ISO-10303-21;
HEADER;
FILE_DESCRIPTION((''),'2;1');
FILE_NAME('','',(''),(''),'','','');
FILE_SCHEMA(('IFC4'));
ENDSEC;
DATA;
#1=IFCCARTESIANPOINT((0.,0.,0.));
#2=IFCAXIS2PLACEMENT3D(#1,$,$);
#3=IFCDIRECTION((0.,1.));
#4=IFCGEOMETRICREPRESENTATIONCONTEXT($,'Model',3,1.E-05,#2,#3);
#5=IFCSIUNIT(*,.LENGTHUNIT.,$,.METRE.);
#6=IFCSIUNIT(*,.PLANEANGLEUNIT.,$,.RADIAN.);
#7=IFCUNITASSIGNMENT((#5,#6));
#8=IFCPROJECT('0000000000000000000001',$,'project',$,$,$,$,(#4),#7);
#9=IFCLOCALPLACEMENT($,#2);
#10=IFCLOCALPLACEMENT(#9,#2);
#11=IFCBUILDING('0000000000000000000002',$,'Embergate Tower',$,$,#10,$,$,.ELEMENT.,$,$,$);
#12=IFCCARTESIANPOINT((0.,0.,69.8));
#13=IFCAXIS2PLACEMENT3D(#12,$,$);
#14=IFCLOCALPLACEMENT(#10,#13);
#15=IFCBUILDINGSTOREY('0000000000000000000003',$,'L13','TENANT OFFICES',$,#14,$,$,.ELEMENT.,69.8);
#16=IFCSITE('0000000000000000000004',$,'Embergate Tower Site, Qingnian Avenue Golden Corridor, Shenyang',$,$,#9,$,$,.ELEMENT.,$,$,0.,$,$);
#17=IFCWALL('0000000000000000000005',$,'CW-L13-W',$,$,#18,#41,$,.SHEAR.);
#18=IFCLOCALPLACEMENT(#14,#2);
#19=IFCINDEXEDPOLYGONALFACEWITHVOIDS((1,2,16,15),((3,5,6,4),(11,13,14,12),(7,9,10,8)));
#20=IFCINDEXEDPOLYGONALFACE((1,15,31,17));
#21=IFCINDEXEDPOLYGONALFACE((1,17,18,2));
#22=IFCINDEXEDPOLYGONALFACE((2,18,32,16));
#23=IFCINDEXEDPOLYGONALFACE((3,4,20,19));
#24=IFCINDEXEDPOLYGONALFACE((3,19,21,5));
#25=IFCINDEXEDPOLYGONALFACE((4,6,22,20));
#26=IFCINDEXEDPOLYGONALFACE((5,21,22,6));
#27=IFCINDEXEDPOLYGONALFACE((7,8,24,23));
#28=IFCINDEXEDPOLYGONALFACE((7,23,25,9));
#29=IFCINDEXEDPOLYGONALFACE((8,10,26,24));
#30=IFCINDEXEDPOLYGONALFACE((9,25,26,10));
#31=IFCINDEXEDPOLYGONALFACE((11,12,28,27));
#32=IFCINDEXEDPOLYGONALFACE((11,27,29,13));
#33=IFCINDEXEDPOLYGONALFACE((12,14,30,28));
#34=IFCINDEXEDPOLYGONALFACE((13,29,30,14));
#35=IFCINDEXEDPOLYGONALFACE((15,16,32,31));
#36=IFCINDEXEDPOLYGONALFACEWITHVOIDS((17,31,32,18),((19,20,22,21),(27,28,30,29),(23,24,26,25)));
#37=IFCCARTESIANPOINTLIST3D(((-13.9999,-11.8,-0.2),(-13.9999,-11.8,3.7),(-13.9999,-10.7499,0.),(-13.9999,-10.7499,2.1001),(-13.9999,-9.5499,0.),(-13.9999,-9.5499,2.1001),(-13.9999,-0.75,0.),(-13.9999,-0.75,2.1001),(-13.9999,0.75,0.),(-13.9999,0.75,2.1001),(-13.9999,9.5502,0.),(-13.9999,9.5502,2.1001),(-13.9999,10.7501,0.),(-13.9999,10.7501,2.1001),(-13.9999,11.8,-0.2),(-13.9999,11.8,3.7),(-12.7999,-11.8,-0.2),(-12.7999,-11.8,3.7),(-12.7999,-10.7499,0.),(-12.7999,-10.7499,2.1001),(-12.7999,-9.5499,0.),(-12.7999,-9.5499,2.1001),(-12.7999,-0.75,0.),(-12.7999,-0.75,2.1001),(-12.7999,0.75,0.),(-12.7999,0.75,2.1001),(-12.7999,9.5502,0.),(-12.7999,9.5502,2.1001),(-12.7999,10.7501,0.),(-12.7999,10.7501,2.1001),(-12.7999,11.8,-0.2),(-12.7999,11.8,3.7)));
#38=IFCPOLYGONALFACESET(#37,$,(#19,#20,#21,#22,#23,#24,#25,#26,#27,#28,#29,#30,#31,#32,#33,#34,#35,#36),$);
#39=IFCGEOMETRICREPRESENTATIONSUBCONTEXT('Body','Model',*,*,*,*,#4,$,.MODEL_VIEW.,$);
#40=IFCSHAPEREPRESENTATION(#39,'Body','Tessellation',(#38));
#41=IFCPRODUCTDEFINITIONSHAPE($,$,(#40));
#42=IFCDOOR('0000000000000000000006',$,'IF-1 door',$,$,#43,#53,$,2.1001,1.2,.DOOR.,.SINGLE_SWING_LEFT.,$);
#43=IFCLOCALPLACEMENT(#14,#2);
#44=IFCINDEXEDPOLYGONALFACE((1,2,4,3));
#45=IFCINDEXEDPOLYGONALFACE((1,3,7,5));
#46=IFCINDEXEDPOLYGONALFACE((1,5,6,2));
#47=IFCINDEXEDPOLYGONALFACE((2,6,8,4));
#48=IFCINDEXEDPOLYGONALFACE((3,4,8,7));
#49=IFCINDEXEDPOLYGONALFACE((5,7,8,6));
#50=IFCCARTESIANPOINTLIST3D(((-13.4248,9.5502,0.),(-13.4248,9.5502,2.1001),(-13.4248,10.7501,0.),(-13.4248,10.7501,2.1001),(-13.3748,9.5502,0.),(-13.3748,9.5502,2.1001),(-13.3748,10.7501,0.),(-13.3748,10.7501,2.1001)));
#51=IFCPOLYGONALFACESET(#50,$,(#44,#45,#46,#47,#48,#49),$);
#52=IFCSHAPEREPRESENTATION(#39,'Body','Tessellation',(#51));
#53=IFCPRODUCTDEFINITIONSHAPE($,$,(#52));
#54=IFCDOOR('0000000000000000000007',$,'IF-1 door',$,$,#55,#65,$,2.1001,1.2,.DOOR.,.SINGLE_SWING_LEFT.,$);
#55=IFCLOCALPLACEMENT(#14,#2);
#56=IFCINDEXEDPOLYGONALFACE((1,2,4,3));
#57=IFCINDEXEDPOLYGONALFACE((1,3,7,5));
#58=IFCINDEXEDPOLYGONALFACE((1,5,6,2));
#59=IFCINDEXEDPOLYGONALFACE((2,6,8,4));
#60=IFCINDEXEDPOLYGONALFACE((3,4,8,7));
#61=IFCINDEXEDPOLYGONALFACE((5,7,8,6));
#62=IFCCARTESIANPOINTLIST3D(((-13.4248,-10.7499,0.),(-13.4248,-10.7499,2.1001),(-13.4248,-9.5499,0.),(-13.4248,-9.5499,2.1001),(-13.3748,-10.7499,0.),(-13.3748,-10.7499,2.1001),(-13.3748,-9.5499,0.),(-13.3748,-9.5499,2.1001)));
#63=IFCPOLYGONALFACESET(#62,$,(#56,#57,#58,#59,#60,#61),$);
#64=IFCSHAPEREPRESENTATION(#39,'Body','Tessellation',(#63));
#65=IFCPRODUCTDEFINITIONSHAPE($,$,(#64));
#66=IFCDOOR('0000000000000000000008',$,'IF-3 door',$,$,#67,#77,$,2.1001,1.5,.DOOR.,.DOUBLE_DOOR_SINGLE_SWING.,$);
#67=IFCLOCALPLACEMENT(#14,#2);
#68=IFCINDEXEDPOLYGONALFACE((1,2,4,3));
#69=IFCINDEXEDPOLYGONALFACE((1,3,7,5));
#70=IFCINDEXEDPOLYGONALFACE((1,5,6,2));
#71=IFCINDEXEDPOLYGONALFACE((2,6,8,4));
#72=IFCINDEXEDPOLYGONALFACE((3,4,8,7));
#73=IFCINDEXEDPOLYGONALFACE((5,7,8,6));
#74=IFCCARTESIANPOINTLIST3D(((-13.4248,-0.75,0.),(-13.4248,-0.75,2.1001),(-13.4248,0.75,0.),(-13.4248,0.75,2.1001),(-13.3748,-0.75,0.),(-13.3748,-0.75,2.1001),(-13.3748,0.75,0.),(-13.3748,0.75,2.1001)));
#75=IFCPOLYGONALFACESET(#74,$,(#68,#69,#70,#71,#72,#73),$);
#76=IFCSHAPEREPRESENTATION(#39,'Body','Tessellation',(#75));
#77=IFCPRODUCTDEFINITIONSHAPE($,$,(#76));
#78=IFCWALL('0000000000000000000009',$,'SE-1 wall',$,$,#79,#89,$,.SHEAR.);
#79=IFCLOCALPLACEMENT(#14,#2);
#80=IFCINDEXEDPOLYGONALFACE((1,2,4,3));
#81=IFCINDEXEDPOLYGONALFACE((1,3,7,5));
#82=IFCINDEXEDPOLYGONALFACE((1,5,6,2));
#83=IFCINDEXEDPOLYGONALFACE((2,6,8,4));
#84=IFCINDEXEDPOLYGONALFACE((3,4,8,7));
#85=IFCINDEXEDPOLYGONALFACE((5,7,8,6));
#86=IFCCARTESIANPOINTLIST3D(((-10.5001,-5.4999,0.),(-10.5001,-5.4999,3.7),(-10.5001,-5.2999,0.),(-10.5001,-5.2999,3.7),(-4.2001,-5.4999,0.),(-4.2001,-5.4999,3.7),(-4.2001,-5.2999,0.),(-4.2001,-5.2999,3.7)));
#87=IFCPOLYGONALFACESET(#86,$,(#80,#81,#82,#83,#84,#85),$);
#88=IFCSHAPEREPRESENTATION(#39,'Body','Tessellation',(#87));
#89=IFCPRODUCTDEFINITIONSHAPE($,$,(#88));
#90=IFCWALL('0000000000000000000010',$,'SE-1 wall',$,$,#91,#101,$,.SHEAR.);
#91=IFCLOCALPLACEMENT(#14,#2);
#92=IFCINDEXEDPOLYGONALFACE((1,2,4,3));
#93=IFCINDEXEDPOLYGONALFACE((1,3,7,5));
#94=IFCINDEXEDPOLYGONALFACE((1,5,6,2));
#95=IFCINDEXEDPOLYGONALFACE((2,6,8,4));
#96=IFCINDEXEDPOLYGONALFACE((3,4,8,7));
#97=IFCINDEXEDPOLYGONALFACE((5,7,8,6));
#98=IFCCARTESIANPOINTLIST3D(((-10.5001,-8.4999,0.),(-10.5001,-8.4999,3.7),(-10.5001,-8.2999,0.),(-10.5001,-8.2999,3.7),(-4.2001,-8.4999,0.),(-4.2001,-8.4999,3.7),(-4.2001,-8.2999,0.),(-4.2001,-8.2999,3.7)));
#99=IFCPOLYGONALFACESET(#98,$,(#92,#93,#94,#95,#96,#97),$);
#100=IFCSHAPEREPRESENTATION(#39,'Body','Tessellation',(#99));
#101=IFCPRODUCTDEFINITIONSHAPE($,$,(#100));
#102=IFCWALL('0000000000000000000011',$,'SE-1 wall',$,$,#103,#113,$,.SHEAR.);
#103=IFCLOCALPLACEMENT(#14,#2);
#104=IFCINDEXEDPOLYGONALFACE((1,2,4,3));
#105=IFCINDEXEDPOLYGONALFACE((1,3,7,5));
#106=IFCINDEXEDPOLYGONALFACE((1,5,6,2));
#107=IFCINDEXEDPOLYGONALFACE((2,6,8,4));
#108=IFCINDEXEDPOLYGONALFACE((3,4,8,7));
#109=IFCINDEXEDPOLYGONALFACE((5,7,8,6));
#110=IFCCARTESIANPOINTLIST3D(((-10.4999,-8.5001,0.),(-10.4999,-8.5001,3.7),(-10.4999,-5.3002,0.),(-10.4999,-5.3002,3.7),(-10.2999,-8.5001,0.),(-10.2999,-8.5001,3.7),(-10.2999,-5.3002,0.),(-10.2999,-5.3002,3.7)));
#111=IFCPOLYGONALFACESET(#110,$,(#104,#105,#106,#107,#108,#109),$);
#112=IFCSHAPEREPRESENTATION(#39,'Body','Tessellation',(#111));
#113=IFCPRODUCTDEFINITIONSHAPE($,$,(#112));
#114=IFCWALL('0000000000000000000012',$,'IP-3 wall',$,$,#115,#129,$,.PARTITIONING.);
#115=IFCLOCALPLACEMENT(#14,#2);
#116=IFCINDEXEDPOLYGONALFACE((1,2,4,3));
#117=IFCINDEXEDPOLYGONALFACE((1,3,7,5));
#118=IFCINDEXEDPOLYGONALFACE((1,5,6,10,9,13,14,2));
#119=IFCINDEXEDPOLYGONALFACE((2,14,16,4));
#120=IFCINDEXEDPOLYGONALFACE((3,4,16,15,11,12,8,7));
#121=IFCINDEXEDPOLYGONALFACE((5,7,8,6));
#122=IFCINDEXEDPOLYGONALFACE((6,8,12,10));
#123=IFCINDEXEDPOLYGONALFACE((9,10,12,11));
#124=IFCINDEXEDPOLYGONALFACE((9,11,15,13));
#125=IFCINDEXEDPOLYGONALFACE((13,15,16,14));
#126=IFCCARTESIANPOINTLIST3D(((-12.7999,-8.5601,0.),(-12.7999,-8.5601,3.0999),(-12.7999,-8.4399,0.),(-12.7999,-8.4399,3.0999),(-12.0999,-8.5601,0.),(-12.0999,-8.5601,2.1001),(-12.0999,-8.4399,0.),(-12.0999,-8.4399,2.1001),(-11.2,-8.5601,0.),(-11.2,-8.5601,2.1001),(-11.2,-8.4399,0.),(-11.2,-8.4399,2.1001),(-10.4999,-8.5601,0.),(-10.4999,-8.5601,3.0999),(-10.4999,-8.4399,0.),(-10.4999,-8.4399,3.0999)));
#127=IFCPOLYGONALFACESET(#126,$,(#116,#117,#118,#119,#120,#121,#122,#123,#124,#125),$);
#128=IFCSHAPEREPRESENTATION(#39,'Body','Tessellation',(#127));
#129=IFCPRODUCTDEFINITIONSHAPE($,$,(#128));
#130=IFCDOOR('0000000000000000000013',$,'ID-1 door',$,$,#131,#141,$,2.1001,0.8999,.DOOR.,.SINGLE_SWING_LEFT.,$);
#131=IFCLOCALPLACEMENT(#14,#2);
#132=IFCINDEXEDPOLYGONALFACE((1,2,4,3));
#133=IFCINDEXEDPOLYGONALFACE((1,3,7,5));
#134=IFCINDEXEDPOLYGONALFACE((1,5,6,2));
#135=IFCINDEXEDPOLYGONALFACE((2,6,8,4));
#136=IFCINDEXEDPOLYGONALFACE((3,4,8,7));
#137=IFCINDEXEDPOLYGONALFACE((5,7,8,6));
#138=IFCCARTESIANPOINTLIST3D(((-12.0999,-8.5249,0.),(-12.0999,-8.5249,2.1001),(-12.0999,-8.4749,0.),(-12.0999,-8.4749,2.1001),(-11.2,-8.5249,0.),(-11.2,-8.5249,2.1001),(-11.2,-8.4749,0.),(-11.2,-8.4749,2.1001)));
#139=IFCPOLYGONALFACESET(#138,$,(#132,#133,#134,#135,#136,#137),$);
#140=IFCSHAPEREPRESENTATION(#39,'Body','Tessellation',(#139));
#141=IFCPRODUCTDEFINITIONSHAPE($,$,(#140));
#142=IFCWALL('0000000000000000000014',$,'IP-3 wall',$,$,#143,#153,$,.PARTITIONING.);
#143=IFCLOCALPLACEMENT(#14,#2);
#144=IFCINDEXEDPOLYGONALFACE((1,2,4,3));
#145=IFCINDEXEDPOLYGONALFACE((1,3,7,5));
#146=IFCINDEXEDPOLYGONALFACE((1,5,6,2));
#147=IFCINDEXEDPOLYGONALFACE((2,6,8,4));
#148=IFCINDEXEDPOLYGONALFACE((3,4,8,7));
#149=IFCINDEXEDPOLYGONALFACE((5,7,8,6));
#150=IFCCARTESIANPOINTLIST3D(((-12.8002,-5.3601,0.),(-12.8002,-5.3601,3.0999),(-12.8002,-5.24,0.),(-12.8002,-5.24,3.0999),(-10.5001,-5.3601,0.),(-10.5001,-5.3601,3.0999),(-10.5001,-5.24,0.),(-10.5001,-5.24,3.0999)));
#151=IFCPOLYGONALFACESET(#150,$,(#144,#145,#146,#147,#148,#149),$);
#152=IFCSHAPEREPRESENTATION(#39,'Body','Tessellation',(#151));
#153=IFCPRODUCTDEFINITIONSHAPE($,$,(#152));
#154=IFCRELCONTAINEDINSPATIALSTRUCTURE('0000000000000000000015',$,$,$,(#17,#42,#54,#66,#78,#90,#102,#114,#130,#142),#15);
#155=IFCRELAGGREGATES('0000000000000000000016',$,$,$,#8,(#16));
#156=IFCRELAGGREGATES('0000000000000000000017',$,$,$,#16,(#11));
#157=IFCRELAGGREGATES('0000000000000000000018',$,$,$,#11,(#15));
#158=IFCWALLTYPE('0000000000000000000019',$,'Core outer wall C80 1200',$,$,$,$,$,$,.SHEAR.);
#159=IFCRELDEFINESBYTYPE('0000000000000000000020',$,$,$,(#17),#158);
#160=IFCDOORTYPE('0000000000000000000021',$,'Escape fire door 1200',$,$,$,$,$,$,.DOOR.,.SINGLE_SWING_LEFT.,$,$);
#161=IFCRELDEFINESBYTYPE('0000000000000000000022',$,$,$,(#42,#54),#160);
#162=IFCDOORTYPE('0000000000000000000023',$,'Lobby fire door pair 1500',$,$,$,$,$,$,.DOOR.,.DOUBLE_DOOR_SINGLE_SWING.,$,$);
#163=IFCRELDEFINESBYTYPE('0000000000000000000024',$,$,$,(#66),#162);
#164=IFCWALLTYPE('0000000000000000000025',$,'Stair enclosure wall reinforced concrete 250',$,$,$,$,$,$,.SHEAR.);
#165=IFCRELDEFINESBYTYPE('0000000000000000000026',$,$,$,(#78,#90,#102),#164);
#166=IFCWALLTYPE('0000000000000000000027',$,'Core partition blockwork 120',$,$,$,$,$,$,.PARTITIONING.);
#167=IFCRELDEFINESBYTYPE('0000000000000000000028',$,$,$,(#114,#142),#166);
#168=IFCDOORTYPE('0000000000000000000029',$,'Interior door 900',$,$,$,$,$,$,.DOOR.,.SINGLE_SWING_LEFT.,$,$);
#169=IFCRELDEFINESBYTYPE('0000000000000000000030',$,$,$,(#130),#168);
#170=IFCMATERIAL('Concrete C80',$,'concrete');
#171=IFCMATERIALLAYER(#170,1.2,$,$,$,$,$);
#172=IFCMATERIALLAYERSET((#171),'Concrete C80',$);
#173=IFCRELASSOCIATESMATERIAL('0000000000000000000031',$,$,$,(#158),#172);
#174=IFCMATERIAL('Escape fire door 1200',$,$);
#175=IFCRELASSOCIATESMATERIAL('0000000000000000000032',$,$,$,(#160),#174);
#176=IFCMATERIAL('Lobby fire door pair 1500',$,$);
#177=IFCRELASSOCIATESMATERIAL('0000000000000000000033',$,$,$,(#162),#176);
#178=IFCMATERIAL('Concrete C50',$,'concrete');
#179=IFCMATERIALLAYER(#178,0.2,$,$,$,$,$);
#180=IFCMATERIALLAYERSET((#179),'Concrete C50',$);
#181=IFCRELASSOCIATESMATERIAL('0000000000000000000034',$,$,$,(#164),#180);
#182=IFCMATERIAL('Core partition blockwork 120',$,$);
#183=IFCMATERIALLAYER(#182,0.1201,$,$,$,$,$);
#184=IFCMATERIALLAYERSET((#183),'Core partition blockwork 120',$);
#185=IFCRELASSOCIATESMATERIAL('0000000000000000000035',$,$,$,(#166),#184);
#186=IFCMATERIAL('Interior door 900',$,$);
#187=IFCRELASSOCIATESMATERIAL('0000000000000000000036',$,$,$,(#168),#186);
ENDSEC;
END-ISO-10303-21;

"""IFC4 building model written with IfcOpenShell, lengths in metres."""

from ifc_helpers import new_model, si_unit, direction, frame, frame_2d, origin, place, context, subcontext, project, spatial, rectangle, extrude, source, transform, mapped, material, layer, layer_set, type_object, element, fill, save


model = new_model("IFC4")

# Units and contexts
model_context = context("Model", 3, precision=1e-05, world=origin(), true_north=direction((0.0, 1.0)))
body_context = subcontext(model_context, "Body", "Model", "MODEL_VIEW")
ifc_project = project(units=[si_unit("LENGTHUNIT", "METRE"), si_unit("PLANEANGLEUNIT", "RADIAN")], contexts=[model_context])

# Site, building, storey
site_placement = place(None, origin())
site = spatial("IfcSite", under=ifc_project, at=site_placement, Name="Embergate Tower Site, Qingnian Avenue Golden Corridor, Shenyang", CompositionType="ELEMENT", RefElevation=0.0)
building_placement = place(site_placement, origin())
building = spatial("IfcBuilding", under=site, at=building_placement, Name="Embergate Tower", CompositionType="ELEMENT")
storey_placement = place(building_placement, frame((0.0, 0.0, 69.8)))
storey = spatial("IfcBuildingStorey", under=building, at=storey_placement, Name="L13", Description="TENANT OFFICES", CompositionType="ELEMENT", Elevation=69.8)

# Wall, openings, doors
ifc_material_1 = material(Name="Concrete C80", Category="concrete")
ifc_layer_1 = layer(ifc_material_1, 1.2)
ifc_layer_set_1 = layer_set([ifc_layer_1], Name="Concrete C80")
wall_type_1 = type_object("IfcWallType", Name="Core outer wall C80 1200", PredefinedType="SHEAR", material=ifc_layer_set_1)
shared_shape_1 = source(origin(), body_context, "Body", "SweptSolid", [
    extrude(rectangle(XDim=23.6001, YDim=1.2, at=frame_2d((11.8, 0.0))), origin(), (0.0, 0.0, 1.0), 3.8999),
])
wall_1_placement = place(storey_placement, frame((-13.3999, -11.8, -0.2), z_axis=(0.0, 0.0, 1.0), x_axis=(0.0, 1.0, 0.0)))
wall_1 = element("IfcWall", 1, at=wall_1_placement, inside=storey, type_object=wall_type_1, Name="CW-L13-W", PredefinedType="SHEAR", context=body_context, shape_type="MappedRepresentation", body=[
    mapped(shared_shape_1, transform((0.0, 0.0, 0.0))),
])
shared_shape_2 = source(origin(), body_context, "Body", "SweptSolid", [
    extrude(rectangle(XDim=1.2, YDim=2.1001, at=frame_2d((0.6001, 1.05))), frame((0.0, 0.6099, 0.0), z_axis=(0.0, -1.0, 0.0), x_axis=(1.0, 0.0, 0.0)), (0.0, 0.0, 1.0), 1.22),
])
opening_1_placement = place(wall_1_placement, frame((21.3501, 0.0, 0.2)))
opening_1 = element("IfcOpeningElement", 2, at=opening_1_placement, cuts=wall_1, PredefinedType="OPENING", context=body_context, shape_type="MappedRepresentation", body=[
    mapped(shared_shape_2, transform((0.0, 0.0, 0.0))),
])
opening_2_placement = place(wall_1_placement, frame((1.05, 0.0, 0.2)))
opening_2 = element("IfcOpeningElement", 3, at=opening_2_placement, cuts=wall_1, PredefinedType="OPENING", context=body_context, shape_type="MappedRepresentation", body=[
    mapped(shared_shape_2, transform((0.0, 0.0, 0.0))),
])
shared_shape_3 = source(origin(), body_context, "Body", "SweptSolid", [
    extrude(rectangle(XDim=1.5, YDim=2.1001, at=frame_2d((0.75, 1.05))), frame((0.0, 0.6099, 0.0), z_axis=(0.0, -1.0, 0.0), x_axis=(1.0, 0.0, 0.0)), (0.0, 0.0, 1.0), 1.22),
])
opening_3_placement = place(wall_1_placement, frame((11.05, 0.0, 0.2)))
opening_3 = element("IfcOpeningElement", 4, at=opening_3_placement, cuts=wall_1, PredefinedType="OPENING", context=body_context, shape_type="MappedRepresentation", body=[
    mapped(shared_shape_3, transform((0.0, 0.0, 0.0))),
])
ifc_material_2 = material(Name="Escape fire door 1200")
door_type_1 = type_object("IfcDoorType", Name="Escape fire door 1200", OperationType="SINGLE_SWING_LEFT", PredefinedType="DOOR", material=ifc_material_2)
shared_shape_4 = source(origin(), body_context, "Body", "SweptSolid", [
    extrude(rectangle(XDim=1.2, YDim=2.1001, at=frame_2d((0.6001, 1.05))), frame((0.0, 0.0249, 0.0), z_axis=(0.0, -1.0, 0.0), x_axis=(1.0, 0.0, 0.0)), (0.0, 0.0, 1.0), 0.05),
])
door_1_placement = place(opening_1_placement, origin())
door_1 = element("IfcDoor", 5, at=door_1_placement, inside=storey, type_object=door_type_1, Name="IF-1 door", OperationType="SINGLE_SWING_LEFT", OverallHeight=2.1001, OverallWidth=1.2, PredefinedType="DOOR", context=body_context, shape_type="MappedRepresentation", body=[
    mapped(shared_shape_4, transform((0.0, 0.0, 0.0))),
])
fill(opening_1, door_1)
door_2_placement = place(opening_2_placement, origin())
door_2 = element("IfcDoor", 6, at=door_2_placement, inside=storey, type_object=door_type_1, Name="IF-1 door", OperationType="SINGLE_SWING_LEFT", OverallHeight=2.1001, OverallWidth=1.2, PredefinedType="DOOR", context=body_context, shape_type="MappedRepresentation", body=[
    mapped(shared_shape_4, transform((0.0, 0.0, 0.0))),
])
fill(opening_2, door_2)
ifc_material_3 = material(Name="Lobby fire door pair 1500")
door_type_2 = type_object("IfcDoorType", Name="Lobby fire door pair 1500", OperationType="DOUBLE_DOOR_SINGLE_SWING", PredefinedType="DOOR", material=ifc_material_3)
shared_shape_5 = source(origin(), body_context, "Body", "SweptSolid", [
    extrude(rectangle(XDim=1.5, YDim=2.1001, at=frame_2d((0.75, 1.05))), frame((0.0, 0.0249, 0.0), z_axis=(0.0, -1.0, 0.0), x_axis=(1.0, 0.0, 0.0)), (0.0, 0.0, 1.0), 0.05),
])
door_3_placement = place(opening_3_placement, origin())
door_3 = element("IfcDoor", 7, at=door_3_placement, inside=storey, type_object=door_type_2, Name="IF-3 door", OperationType="DOUBLE_DOOR_SINGLE_SWING", OverallHeight=2.1001, OverallWidth=1.5, PredefinedType="DOOR", context=body_context, shape_type="MappedRepresentation", body=[
    mapped(shared_shape_5, transform((0.0, 0.0, 0.0))),
])
fill(opening_3, door_3)

# Walls
ifc_material_4 = material(Name="Concrete C50", Category="concrete")
ifc_layer_2 = layer(ifc_material_4, 0.2)
ifc_layer_set_2 = layer_set([ifc_layer_2], Name="Concrete C50")
wall_type_2 = type_object("IfcWallType", Name="Stair enclosure wall reinforced concrete 250", PredefinedType="SHEAR", material=ifc_layer_set_2)
shared_shape_6 = source(origin(), body_context, "Body", "SweptSolid", [
    extrude(rectangle(XDim=6.3, YDim=0.2, at=frame_2d((3.1499, 0.0))), origin(), (0.0, 0.0, 1.0), 3.7),
])
for number, where, z_axis, x_axis, name in (
    (8, (-10.5, -5.3999, 0.0), (0.0, 0.0, 1.0), (1.0, 0.0, 0.0), "SE-1 wall"),
    (9, (-10.5, -8.3999, 0.0), (0.0, 0.0, 1.0), (1.0, 0.0, 0.0), "SE-1 wall"),
):
    element("IfcWall", number, at=place(storey_placement, frame(where, z_axis=z_axis, x_axis=x_axis)), inside=storey, type_object=wall_type_2, Name=name, PredefinedType="SHEAR", context=body_context, shape_type="MappedRepresentation", body=[
        mapped(shared_shape_6, transform((0.0, 0.0, 0.0))),
    ])
shared_shape_7 = source(origin(), body_context, "Body", "SweptSolid", [
    extrude(rectangle(XDim=3.2, YDim=0.2, at=frame_2d((1.6001, 0.0))), origin(), (0.0, 0.0, 1.0), 3.7),
])
wall_2_placement = place(storey_placement, frame((-10.3999, -5.3, 0.0), z_axis=(0.0, 0.0, 1.0), x_axis=(0.0, -1.0, 0.0)))
element("IfcWall", 10, at=wall_2_placement, inside=storey, type_object=wall_type_2, Name="SE-1 wall", PredefinedType="SHEAR", context=body_context, shape_type="MappedRepresentation", body=[
    mapped(shared_shape_7, transform((0.0, 0.0, 0.0))),
])

# Wall, opening, door
ifc_material_5 = material(Name="Core partition blockwork 120")
ifc_layer_3 = layer(ifc_material_5, 0.1201)
ifc_layer_set_3 = layer_set([ifc_layer_3], Name="Core partition blockwork 120")
wall_type_3 = type_object("IfcWallType", Name="Core partition blockwork 120", PredefinedType="PARTITIONING", material=ifc_layer_set_3)
shared_shape_8 = source(origin(), body_context, "Body", "SweptSolid", [
    extrude(rectangle(XDim=2.3, YDim=0.1201, at=frame_2d((1.1499, 0.0))), origin(), (0.0, 0.0, 1.0), 3.0999),
])
wall_3_placement = place(storey_placement, frame((-10.5, -8.5, 0.0), z_axis=(0.0, 0.0, 1.0), x_axis=(-1.0, 0.0, 0.0)))
wall_3 = element("IfcWall", 11, at=wall_3_placement, inside=storey, type_object=wall_type_3, Name="IP-3 wall", PredefinedType="PARTITIONING", context=body_context, shape_type="MappedRepresentation", body=[
    mapped(shared_shape_8, transform((0.0, 0.0, 0.0))),
])
shared_shape_9 = source(origin(), body_context, "Body", "SweptSolid", [
    extrude(rectangle(XDim=0.8999, YDim=2.1001, at=frame_2d((0.45, 1.05))), frame((0.0, 0.0701, 0.0), z_axis=(0.0, -1.0, 0.0), x_axis=(1.0, 0.0, 0.0)), (0.0, 0.0, 1.0), 0.1401),
])
opening_4_placement = place(wall_3_placement, frame((0.7, 0.0, 0.0)))
opening_4 = element("IfcOpeningElement", 12, at=opening_4_placement, cuts=wall_3, PredefinedType="OPENING", context=body_context, shape_type="MappedRepresentation", body=[
    mapped(shared_shape_9, transform((0.0, 0.0, 0.0))),
])
ifc_material_6 = material(Name="Interior door 900")
door_type_3 = type_object("IfcDoorType", Name="Interior door 900", OperationType="SINGLE_SWING_LEFT", PredefinedType="DOOR", material=ifc_material_6)
shared_shape_10 = source(origin(), body_context, "Body", "SweptSolid", [
    extrude(rectangle(XDim=0.8999, YDim=2.1001, at=frame_2d((0.45, 1.05))), frame((0.0, 0.0249, 0.0), z_axis=(0.0, -1.0, 0.0), x_axis=(1.0, 0.0, 0.0)), (0.0, 0.0, 1.0), 0.05),
])
door_4_placement = place(opening_4_placement, origin())
door_4 = element("IfcDoor", 13, at=door_4_placement, inside=storey, type_object=door_type_3, Name="ID-1 door", OperationType="SINGLE_SWING_LEFT", OverallHeight=2.1001, OverallWidth=0.8999, PredefinedType="DOOR", context=body_context, shape_type="MappedRepresentation", body=[
    mapped(shared_shape_10, transform((0.0, 0.0, 0.0))),
])
fill(opening_4, door_4)

# Wall
wall_4_placement = place(storey_placement, frame((-12.8, -5.3, 0.0), z_axis=(0.0, 0.0, 1.0), x_axis=(1.0, 0.0, 0.0)))
element("IfcWall", 14, at=wall_4_placement, inside=storey, type_object=wall_type_3, Name="IP-3 wall", PredefinedType="PARTITIONING", context=body_context, shape_type="MappedRepresentation", body=[
    mapped(shared_shape_8, transform((0.0, 0.0, 0.0))),
])

save(model, "model.ifc")
